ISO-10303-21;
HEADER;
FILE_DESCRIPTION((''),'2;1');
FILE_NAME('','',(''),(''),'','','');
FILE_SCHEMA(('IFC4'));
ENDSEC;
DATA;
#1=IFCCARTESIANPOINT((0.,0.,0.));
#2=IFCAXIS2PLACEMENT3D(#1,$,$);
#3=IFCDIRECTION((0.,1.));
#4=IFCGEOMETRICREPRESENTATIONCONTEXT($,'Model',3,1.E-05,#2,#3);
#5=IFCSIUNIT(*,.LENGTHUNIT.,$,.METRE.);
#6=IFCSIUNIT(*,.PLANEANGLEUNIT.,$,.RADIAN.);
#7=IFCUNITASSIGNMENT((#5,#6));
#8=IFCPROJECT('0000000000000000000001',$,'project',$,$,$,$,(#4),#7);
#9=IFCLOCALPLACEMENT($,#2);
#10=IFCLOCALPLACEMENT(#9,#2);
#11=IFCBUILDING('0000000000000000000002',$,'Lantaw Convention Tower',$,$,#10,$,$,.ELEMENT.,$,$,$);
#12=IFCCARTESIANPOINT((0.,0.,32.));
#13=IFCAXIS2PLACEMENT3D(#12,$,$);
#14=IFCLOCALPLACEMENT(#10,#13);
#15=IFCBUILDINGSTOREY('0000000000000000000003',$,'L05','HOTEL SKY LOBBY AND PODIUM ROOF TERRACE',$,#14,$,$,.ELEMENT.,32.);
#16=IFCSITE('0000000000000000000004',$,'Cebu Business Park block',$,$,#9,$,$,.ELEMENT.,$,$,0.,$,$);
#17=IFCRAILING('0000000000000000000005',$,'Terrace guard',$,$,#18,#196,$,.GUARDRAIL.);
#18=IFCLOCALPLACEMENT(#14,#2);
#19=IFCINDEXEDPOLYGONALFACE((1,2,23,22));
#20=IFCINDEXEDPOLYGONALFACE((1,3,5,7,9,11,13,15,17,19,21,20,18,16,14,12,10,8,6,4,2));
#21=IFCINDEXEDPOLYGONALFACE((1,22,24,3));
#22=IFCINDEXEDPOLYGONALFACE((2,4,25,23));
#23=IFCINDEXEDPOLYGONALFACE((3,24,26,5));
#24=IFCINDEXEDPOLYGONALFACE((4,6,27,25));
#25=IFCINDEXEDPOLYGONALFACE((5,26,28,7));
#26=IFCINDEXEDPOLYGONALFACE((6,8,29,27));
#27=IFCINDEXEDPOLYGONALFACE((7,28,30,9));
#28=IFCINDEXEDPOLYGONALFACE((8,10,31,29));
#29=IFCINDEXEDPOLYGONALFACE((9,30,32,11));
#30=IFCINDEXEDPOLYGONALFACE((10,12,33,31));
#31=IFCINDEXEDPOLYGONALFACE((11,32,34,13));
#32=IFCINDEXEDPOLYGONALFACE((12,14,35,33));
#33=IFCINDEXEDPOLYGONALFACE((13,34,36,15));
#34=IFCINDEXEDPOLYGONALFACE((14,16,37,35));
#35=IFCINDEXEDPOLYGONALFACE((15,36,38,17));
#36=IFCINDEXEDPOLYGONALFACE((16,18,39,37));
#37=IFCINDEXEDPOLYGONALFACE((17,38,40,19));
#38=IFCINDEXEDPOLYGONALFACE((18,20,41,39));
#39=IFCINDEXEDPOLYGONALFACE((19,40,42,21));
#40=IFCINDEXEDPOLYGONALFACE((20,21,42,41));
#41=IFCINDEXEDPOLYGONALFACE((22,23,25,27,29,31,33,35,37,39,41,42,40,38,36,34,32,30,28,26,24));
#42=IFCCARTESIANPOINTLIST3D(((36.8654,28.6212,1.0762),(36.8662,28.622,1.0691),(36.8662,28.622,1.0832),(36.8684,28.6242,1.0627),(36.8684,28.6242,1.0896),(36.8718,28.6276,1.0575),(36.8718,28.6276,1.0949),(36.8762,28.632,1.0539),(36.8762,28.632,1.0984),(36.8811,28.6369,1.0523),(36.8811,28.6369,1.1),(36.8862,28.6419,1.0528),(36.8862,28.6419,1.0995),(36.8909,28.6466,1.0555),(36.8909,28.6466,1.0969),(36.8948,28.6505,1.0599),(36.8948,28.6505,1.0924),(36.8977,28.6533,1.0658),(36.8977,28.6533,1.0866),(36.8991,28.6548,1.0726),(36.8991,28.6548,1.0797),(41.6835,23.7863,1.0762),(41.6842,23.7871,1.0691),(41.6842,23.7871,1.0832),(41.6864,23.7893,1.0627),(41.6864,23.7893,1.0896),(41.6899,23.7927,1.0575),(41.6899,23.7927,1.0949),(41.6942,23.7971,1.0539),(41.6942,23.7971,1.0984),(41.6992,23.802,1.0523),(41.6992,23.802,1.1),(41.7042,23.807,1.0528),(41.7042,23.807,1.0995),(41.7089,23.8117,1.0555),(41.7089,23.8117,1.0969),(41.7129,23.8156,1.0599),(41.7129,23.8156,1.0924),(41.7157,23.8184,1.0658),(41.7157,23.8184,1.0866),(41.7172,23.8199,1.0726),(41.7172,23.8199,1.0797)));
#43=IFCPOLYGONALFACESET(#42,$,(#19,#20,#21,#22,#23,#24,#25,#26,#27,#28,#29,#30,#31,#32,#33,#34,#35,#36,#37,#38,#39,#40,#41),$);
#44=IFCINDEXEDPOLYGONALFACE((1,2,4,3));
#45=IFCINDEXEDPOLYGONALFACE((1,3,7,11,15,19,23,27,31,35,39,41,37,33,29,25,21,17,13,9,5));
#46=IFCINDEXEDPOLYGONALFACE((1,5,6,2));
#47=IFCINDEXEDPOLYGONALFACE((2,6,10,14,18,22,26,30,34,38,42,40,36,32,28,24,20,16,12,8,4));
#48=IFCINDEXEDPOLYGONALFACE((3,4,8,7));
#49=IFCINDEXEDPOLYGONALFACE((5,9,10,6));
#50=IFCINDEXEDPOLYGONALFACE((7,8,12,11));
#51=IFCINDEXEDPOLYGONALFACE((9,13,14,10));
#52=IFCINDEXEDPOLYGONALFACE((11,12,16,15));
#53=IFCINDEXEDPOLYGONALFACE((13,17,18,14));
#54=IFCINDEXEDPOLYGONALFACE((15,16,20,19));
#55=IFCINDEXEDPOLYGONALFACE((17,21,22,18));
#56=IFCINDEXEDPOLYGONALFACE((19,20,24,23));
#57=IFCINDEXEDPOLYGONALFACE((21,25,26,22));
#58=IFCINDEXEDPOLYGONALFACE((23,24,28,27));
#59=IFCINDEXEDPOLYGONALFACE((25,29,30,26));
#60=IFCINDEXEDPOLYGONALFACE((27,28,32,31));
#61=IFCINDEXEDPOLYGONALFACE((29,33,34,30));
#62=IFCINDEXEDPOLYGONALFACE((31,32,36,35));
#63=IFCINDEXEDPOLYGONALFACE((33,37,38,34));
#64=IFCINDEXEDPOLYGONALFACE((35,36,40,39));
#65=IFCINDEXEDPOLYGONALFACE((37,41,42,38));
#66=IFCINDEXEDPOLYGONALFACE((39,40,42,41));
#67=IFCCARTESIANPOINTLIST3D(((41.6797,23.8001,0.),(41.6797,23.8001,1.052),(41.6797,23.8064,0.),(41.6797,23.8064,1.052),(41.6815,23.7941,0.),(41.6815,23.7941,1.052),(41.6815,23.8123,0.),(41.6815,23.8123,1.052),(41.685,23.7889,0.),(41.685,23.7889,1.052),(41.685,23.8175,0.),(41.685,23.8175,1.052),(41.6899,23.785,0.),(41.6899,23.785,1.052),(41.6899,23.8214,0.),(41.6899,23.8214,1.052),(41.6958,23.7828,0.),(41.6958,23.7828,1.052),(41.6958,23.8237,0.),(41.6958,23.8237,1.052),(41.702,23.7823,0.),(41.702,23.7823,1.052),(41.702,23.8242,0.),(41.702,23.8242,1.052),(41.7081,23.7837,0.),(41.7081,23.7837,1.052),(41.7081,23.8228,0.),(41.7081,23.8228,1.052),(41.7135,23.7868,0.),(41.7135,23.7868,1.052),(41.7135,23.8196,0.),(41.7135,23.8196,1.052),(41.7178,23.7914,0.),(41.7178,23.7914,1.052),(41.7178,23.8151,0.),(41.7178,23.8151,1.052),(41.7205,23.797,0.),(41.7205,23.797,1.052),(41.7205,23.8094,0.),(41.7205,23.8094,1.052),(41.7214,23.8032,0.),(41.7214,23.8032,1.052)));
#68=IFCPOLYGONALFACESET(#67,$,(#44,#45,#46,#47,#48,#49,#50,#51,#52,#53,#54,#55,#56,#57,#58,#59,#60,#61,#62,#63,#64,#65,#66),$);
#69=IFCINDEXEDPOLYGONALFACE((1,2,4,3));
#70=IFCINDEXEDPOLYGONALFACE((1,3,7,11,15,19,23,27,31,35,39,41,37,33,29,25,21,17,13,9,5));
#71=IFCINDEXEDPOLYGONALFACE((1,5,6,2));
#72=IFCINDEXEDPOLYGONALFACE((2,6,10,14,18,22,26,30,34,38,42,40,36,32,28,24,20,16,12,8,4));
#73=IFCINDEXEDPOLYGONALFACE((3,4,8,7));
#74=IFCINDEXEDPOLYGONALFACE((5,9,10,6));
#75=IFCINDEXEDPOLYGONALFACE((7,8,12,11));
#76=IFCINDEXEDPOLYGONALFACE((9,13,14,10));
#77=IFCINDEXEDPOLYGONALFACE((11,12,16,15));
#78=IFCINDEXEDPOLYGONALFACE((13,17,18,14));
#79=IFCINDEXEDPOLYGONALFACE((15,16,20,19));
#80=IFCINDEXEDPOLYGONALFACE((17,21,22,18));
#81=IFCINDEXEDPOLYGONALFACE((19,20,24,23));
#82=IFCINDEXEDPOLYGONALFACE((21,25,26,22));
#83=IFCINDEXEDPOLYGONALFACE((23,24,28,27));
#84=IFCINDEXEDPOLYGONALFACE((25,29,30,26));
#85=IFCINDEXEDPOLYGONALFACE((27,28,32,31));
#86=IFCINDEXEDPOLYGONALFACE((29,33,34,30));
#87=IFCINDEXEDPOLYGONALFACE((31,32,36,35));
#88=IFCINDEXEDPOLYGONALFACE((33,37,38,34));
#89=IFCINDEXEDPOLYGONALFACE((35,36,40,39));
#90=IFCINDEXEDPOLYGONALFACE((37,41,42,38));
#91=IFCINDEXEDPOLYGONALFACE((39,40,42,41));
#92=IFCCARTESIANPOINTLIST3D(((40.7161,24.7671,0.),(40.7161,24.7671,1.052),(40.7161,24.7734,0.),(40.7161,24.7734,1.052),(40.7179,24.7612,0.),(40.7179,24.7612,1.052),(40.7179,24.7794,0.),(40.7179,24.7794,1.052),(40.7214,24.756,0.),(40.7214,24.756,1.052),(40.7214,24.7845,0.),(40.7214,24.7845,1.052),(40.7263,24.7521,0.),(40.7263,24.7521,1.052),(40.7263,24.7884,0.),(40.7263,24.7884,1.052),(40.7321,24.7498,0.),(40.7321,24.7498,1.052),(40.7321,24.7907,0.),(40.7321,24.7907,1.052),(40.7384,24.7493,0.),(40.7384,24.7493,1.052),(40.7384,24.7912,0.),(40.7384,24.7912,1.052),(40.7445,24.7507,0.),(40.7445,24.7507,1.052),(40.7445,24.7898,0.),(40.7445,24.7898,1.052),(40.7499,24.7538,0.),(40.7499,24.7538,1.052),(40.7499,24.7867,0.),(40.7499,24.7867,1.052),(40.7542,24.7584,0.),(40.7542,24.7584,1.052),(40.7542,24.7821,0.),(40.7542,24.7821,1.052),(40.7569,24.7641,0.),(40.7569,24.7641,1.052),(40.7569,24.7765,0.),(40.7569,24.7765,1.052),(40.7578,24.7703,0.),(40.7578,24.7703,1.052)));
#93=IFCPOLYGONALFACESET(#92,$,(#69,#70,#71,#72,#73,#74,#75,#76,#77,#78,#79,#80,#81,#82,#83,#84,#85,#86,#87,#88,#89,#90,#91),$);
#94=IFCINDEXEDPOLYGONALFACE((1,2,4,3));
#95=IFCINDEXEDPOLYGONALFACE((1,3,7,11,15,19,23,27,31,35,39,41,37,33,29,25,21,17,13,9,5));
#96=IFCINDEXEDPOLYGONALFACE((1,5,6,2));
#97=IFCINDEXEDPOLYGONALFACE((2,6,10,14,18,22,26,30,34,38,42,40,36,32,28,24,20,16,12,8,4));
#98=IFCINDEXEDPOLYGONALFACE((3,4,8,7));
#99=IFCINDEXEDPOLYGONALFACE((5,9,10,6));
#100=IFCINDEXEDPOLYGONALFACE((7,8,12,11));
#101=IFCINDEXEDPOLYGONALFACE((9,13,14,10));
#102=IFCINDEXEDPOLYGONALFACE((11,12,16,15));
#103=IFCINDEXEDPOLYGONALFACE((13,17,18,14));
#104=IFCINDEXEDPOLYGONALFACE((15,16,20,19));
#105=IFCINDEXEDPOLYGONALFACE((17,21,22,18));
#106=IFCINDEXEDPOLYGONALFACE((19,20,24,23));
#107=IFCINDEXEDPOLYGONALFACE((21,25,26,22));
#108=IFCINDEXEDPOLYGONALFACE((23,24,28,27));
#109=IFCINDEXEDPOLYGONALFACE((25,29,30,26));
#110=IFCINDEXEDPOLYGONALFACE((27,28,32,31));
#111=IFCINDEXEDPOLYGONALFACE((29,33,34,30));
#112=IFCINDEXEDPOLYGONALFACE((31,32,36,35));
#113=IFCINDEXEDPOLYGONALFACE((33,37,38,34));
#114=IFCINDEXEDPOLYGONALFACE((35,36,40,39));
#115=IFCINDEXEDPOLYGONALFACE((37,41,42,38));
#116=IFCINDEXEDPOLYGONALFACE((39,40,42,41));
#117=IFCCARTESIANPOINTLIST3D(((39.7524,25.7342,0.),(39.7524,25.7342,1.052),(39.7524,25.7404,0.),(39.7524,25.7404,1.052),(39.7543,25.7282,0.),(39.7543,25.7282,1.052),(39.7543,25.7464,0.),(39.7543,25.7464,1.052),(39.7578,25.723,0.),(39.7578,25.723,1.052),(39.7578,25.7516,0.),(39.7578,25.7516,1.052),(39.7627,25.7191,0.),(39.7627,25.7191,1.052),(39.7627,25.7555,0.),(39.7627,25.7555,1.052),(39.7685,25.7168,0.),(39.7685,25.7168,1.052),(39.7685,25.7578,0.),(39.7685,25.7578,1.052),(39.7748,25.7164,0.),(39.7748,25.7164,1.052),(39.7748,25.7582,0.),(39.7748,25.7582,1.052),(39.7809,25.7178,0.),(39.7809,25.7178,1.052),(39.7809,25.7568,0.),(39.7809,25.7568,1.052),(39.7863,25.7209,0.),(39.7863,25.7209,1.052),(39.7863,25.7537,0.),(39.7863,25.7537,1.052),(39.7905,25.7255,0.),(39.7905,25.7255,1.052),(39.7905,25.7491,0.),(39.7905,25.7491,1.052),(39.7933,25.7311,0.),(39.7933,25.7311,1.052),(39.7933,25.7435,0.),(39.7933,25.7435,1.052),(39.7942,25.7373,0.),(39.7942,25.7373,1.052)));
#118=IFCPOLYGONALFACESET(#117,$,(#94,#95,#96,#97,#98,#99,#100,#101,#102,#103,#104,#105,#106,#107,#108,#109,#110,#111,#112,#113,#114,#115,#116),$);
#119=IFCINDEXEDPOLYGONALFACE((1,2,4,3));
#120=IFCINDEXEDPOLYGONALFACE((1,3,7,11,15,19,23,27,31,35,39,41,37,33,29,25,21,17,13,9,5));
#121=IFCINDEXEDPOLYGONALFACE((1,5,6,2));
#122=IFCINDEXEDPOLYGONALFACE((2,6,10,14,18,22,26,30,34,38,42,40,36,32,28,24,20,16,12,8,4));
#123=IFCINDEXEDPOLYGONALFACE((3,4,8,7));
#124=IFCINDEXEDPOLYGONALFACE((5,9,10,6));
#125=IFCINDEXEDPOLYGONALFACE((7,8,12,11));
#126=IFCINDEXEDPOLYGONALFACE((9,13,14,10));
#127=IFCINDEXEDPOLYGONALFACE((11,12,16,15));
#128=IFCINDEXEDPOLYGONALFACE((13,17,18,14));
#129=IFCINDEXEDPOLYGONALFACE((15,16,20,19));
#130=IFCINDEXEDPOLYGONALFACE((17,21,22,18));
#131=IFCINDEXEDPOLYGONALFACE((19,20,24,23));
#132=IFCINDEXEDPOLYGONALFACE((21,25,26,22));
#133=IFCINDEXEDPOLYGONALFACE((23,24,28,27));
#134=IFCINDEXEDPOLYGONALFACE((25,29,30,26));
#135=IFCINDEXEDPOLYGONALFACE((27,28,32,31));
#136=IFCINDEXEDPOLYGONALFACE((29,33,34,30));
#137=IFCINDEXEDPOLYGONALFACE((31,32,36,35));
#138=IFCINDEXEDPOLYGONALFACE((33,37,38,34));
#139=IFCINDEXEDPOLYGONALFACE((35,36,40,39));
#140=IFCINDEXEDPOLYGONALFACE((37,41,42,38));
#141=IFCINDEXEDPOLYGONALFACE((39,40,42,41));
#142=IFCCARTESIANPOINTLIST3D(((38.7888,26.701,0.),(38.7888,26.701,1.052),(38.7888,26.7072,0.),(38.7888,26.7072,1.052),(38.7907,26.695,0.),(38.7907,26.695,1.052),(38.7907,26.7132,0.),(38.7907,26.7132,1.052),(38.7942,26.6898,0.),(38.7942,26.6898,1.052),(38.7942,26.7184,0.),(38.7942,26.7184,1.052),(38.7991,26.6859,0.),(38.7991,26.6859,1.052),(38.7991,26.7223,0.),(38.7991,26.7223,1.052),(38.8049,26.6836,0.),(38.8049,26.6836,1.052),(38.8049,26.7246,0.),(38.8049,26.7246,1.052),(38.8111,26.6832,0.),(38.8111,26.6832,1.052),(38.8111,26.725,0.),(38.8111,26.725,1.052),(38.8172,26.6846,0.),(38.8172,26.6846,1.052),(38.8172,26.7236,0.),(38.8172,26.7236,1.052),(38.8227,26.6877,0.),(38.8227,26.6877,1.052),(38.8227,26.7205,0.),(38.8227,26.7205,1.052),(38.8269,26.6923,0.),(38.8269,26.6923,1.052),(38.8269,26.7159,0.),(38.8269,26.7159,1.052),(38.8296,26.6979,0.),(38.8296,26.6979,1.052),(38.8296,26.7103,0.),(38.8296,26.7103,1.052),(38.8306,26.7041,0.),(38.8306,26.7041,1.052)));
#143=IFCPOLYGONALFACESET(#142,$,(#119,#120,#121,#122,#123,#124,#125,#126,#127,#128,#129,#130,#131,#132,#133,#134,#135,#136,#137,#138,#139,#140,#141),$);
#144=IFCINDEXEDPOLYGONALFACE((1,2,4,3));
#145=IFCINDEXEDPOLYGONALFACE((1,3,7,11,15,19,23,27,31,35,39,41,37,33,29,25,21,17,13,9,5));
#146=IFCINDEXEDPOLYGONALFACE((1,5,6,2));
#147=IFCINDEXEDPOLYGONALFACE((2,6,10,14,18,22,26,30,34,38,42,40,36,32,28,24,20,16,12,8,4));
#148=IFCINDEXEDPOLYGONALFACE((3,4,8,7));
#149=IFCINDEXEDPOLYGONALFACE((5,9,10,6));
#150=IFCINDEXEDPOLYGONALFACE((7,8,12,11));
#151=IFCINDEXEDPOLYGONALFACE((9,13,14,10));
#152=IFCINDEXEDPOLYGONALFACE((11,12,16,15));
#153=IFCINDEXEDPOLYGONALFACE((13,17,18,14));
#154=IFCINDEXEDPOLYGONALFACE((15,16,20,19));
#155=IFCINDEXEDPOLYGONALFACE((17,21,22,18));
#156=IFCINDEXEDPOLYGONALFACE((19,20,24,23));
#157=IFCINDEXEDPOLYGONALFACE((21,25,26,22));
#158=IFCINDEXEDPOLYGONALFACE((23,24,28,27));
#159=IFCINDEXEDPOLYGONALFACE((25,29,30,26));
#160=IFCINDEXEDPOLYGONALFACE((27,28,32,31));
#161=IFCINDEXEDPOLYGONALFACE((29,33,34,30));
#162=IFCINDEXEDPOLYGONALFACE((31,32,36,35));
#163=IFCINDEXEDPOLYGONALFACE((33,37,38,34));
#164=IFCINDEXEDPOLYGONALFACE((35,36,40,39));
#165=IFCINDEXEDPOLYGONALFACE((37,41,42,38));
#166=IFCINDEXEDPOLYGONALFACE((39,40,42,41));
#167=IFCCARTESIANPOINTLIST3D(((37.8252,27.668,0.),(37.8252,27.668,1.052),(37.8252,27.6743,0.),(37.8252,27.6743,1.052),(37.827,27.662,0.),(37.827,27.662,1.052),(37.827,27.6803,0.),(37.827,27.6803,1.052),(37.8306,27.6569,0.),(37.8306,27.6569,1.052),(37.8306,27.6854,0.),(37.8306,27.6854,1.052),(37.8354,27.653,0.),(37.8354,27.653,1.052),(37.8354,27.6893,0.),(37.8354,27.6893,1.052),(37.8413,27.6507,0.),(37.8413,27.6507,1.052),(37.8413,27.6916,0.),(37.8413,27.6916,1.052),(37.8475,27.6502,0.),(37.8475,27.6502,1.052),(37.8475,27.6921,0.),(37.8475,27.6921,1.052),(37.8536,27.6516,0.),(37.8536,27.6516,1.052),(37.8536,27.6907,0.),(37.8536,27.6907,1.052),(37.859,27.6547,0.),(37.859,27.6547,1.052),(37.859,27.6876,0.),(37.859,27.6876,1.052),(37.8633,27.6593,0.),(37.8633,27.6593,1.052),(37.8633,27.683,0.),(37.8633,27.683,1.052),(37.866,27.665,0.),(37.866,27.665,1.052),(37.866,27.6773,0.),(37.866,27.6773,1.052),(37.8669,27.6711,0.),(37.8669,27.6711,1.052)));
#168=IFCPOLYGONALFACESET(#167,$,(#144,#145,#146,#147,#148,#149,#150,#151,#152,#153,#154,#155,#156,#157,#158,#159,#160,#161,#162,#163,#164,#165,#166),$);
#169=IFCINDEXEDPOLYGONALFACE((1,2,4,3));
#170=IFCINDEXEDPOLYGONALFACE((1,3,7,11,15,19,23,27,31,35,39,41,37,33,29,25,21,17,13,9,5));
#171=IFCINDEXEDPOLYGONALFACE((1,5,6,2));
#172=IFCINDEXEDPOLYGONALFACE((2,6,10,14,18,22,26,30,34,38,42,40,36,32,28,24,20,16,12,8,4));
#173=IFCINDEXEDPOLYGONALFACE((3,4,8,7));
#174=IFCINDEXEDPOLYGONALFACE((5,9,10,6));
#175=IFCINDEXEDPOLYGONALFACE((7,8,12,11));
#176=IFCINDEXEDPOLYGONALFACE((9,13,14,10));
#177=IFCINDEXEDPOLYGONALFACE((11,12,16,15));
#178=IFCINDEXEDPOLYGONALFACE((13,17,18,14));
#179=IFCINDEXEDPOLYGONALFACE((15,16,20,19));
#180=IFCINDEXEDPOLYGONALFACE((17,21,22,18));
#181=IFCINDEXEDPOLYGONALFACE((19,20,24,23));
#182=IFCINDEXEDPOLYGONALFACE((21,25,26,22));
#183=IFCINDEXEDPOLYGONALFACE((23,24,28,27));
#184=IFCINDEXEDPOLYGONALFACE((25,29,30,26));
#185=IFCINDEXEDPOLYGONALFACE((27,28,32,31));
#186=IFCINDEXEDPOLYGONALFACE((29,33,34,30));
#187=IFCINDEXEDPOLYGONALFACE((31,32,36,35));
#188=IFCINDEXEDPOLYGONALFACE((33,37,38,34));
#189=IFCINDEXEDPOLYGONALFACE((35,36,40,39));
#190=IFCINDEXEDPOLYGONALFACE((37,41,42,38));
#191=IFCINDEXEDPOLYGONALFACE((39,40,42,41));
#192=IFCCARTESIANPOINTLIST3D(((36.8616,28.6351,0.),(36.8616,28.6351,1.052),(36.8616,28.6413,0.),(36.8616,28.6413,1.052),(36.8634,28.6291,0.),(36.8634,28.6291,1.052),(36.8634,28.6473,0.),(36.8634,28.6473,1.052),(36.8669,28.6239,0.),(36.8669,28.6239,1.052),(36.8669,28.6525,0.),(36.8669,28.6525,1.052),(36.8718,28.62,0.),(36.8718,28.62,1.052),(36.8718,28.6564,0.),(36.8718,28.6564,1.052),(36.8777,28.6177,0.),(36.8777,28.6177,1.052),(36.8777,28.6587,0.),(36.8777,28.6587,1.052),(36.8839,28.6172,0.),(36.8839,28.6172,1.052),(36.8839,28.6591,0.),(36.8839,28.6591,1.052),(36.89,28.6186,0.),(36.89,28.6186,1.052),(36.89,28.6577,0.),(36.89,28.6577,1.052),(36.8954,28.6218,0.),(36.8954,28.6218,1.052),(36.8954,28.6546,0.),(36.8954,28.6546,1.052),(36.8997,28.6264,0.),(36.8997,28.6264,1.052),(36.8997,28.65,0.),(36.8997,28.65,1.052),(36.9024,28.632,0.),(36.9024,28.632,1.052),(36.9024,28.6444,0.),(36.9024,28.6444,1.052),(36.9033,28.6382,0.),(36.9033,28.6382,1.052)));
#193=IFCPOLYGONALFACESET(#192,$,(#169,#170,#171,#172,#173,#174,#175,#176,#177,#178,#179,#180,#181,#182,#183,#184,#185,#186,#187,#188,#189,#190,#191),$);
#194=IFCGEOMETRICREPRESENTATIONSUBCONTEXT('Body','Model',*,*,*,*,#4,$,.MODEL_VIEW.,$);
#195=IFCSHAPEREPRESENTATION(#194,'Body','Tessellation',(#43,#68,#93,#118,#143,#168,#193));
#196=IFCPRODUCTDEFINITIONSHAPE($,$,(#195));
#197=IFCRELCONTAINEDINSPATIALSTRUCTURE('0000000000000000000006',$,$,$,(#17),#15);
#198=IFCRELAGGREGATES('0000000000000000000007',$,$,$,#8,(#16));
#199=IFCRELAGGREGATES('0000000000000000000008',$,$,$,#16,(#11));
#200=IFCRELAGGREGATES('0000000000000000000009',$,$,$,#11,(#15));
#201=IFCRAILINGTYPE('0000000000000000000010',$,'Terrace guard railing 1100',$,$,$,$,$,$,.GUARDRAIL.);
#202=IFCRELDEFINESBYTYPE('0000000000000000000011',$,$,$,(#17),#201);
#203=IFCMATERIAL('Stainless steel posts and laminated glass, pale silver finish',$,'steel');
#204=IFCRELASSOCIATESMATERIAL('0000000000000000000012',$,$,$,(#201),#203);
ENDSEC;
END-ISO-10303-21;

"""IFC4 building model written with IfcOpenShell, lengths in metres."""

from ifc_helpers import new_model, si_unit, direction, frame, origin, origin_2d, place, context, subcontext, project, spatial, circle, extrude, material, type_object, element, save


model = new_model("IFC4")

# Units and contexts
model_context = context("Model", 3, precision=1e-05, world=origin(), true_north=direction((0.0, 1.0)))
body_context = subcontext(model_context, "Body", "Model", "MODEL_VIEW")
ifc_project = project(units=[si_unit("LENGTHUNIT", "METRE"), si_unit("PLANEANGLEUNIT", "RADIAN")], contexts=[model_context])

# Site, building, storey
site_placement = place(None, origin())
site = spatial("IfcSite", under=ifc_project, at=site_placement, Name="Cebu Business Park block", CompositionType="ELEMENT", RefElevation=0.0)
building_placement = place(site_placement, origin())
building = spatial("IfcBuilding", under=site, at=building_placement, Name="Lantaw Convention Tower", CompositionType="ELEMENT")
storey_placement = place(building_placement, frame((0.0, 0.0, 32.0)))
storey = spatial("IfcBuildingStorey", under=building, at=storey_placement, Name="L05", Description="HOTEL SKY LOBBY AND PODIUM ROOF TERRACE", CompositionType="ELEMENT", Elevation=32.0)

# Railing
ifc_material_1 = material(Name="Stainless steel posts and laminated glass, pale silver finish", Category="steel")
railing_type_1 = type_object("IfcRailingType", Name="Terrace guard railing 1100", PredefinedType="GUARDRAIL", material=ifc_material_1)
railing_1_placement = place(storey_placement, frame((41.7004, 23.8032, 0.0)))
element("IfcRailing", 1, at=railing_1_placement, inside=storey, type_object=railing_type_1, Name="Terrace guard", PredefinedType="GUARDRAIL", context=body_context, shape_type="SweptSolid", body=[
    extrude(circle(Radius=0.0239, at=origin_2d()), frame((0.0, 0.0, 1.0762), z_axis=(-0.705872, 0.70834, 0.0), x_axis=(-0.70834, -0.705872, 0.0)), (0.0, 0.0, 1.0), 6.8257),
    extrude(circle(Radius=0.021, at=origin_2d()), origin(), (0.0, 0.0, 1.0), 1.052),
    extrude(circle(Radius=0.021, at=origin_2d()), frame((-0.9636, 0.967, 0.0)), (0.0, 0.0, 1.0), 1.052),
    extrude(circle(Radius=0.021, at=origin_2d()), frame((-1.9272, 1.9341, 0.0)), (0.0, 0.0, 1.0), 1.052),
    extrude(circle(Radius=0.021, at=origin_2d()), frame((-2.8909, 2.9009, 0.0)), (0.0, 0.0, 1.0), 1.052),
    extrude(circle(Radius=0.021, at=origin_2d()), frame((-3.8545, 3.8679, 0.0)), (0.0, 0.0, 1.0), 1.052),
    extrude(circle(Radius=0.021, at=origin_2d()), frame((-4.8181, 4.835, 0.0)), (0.0, 0.0, 1.0), 1.052),
])

save(model, "model.ifc")
